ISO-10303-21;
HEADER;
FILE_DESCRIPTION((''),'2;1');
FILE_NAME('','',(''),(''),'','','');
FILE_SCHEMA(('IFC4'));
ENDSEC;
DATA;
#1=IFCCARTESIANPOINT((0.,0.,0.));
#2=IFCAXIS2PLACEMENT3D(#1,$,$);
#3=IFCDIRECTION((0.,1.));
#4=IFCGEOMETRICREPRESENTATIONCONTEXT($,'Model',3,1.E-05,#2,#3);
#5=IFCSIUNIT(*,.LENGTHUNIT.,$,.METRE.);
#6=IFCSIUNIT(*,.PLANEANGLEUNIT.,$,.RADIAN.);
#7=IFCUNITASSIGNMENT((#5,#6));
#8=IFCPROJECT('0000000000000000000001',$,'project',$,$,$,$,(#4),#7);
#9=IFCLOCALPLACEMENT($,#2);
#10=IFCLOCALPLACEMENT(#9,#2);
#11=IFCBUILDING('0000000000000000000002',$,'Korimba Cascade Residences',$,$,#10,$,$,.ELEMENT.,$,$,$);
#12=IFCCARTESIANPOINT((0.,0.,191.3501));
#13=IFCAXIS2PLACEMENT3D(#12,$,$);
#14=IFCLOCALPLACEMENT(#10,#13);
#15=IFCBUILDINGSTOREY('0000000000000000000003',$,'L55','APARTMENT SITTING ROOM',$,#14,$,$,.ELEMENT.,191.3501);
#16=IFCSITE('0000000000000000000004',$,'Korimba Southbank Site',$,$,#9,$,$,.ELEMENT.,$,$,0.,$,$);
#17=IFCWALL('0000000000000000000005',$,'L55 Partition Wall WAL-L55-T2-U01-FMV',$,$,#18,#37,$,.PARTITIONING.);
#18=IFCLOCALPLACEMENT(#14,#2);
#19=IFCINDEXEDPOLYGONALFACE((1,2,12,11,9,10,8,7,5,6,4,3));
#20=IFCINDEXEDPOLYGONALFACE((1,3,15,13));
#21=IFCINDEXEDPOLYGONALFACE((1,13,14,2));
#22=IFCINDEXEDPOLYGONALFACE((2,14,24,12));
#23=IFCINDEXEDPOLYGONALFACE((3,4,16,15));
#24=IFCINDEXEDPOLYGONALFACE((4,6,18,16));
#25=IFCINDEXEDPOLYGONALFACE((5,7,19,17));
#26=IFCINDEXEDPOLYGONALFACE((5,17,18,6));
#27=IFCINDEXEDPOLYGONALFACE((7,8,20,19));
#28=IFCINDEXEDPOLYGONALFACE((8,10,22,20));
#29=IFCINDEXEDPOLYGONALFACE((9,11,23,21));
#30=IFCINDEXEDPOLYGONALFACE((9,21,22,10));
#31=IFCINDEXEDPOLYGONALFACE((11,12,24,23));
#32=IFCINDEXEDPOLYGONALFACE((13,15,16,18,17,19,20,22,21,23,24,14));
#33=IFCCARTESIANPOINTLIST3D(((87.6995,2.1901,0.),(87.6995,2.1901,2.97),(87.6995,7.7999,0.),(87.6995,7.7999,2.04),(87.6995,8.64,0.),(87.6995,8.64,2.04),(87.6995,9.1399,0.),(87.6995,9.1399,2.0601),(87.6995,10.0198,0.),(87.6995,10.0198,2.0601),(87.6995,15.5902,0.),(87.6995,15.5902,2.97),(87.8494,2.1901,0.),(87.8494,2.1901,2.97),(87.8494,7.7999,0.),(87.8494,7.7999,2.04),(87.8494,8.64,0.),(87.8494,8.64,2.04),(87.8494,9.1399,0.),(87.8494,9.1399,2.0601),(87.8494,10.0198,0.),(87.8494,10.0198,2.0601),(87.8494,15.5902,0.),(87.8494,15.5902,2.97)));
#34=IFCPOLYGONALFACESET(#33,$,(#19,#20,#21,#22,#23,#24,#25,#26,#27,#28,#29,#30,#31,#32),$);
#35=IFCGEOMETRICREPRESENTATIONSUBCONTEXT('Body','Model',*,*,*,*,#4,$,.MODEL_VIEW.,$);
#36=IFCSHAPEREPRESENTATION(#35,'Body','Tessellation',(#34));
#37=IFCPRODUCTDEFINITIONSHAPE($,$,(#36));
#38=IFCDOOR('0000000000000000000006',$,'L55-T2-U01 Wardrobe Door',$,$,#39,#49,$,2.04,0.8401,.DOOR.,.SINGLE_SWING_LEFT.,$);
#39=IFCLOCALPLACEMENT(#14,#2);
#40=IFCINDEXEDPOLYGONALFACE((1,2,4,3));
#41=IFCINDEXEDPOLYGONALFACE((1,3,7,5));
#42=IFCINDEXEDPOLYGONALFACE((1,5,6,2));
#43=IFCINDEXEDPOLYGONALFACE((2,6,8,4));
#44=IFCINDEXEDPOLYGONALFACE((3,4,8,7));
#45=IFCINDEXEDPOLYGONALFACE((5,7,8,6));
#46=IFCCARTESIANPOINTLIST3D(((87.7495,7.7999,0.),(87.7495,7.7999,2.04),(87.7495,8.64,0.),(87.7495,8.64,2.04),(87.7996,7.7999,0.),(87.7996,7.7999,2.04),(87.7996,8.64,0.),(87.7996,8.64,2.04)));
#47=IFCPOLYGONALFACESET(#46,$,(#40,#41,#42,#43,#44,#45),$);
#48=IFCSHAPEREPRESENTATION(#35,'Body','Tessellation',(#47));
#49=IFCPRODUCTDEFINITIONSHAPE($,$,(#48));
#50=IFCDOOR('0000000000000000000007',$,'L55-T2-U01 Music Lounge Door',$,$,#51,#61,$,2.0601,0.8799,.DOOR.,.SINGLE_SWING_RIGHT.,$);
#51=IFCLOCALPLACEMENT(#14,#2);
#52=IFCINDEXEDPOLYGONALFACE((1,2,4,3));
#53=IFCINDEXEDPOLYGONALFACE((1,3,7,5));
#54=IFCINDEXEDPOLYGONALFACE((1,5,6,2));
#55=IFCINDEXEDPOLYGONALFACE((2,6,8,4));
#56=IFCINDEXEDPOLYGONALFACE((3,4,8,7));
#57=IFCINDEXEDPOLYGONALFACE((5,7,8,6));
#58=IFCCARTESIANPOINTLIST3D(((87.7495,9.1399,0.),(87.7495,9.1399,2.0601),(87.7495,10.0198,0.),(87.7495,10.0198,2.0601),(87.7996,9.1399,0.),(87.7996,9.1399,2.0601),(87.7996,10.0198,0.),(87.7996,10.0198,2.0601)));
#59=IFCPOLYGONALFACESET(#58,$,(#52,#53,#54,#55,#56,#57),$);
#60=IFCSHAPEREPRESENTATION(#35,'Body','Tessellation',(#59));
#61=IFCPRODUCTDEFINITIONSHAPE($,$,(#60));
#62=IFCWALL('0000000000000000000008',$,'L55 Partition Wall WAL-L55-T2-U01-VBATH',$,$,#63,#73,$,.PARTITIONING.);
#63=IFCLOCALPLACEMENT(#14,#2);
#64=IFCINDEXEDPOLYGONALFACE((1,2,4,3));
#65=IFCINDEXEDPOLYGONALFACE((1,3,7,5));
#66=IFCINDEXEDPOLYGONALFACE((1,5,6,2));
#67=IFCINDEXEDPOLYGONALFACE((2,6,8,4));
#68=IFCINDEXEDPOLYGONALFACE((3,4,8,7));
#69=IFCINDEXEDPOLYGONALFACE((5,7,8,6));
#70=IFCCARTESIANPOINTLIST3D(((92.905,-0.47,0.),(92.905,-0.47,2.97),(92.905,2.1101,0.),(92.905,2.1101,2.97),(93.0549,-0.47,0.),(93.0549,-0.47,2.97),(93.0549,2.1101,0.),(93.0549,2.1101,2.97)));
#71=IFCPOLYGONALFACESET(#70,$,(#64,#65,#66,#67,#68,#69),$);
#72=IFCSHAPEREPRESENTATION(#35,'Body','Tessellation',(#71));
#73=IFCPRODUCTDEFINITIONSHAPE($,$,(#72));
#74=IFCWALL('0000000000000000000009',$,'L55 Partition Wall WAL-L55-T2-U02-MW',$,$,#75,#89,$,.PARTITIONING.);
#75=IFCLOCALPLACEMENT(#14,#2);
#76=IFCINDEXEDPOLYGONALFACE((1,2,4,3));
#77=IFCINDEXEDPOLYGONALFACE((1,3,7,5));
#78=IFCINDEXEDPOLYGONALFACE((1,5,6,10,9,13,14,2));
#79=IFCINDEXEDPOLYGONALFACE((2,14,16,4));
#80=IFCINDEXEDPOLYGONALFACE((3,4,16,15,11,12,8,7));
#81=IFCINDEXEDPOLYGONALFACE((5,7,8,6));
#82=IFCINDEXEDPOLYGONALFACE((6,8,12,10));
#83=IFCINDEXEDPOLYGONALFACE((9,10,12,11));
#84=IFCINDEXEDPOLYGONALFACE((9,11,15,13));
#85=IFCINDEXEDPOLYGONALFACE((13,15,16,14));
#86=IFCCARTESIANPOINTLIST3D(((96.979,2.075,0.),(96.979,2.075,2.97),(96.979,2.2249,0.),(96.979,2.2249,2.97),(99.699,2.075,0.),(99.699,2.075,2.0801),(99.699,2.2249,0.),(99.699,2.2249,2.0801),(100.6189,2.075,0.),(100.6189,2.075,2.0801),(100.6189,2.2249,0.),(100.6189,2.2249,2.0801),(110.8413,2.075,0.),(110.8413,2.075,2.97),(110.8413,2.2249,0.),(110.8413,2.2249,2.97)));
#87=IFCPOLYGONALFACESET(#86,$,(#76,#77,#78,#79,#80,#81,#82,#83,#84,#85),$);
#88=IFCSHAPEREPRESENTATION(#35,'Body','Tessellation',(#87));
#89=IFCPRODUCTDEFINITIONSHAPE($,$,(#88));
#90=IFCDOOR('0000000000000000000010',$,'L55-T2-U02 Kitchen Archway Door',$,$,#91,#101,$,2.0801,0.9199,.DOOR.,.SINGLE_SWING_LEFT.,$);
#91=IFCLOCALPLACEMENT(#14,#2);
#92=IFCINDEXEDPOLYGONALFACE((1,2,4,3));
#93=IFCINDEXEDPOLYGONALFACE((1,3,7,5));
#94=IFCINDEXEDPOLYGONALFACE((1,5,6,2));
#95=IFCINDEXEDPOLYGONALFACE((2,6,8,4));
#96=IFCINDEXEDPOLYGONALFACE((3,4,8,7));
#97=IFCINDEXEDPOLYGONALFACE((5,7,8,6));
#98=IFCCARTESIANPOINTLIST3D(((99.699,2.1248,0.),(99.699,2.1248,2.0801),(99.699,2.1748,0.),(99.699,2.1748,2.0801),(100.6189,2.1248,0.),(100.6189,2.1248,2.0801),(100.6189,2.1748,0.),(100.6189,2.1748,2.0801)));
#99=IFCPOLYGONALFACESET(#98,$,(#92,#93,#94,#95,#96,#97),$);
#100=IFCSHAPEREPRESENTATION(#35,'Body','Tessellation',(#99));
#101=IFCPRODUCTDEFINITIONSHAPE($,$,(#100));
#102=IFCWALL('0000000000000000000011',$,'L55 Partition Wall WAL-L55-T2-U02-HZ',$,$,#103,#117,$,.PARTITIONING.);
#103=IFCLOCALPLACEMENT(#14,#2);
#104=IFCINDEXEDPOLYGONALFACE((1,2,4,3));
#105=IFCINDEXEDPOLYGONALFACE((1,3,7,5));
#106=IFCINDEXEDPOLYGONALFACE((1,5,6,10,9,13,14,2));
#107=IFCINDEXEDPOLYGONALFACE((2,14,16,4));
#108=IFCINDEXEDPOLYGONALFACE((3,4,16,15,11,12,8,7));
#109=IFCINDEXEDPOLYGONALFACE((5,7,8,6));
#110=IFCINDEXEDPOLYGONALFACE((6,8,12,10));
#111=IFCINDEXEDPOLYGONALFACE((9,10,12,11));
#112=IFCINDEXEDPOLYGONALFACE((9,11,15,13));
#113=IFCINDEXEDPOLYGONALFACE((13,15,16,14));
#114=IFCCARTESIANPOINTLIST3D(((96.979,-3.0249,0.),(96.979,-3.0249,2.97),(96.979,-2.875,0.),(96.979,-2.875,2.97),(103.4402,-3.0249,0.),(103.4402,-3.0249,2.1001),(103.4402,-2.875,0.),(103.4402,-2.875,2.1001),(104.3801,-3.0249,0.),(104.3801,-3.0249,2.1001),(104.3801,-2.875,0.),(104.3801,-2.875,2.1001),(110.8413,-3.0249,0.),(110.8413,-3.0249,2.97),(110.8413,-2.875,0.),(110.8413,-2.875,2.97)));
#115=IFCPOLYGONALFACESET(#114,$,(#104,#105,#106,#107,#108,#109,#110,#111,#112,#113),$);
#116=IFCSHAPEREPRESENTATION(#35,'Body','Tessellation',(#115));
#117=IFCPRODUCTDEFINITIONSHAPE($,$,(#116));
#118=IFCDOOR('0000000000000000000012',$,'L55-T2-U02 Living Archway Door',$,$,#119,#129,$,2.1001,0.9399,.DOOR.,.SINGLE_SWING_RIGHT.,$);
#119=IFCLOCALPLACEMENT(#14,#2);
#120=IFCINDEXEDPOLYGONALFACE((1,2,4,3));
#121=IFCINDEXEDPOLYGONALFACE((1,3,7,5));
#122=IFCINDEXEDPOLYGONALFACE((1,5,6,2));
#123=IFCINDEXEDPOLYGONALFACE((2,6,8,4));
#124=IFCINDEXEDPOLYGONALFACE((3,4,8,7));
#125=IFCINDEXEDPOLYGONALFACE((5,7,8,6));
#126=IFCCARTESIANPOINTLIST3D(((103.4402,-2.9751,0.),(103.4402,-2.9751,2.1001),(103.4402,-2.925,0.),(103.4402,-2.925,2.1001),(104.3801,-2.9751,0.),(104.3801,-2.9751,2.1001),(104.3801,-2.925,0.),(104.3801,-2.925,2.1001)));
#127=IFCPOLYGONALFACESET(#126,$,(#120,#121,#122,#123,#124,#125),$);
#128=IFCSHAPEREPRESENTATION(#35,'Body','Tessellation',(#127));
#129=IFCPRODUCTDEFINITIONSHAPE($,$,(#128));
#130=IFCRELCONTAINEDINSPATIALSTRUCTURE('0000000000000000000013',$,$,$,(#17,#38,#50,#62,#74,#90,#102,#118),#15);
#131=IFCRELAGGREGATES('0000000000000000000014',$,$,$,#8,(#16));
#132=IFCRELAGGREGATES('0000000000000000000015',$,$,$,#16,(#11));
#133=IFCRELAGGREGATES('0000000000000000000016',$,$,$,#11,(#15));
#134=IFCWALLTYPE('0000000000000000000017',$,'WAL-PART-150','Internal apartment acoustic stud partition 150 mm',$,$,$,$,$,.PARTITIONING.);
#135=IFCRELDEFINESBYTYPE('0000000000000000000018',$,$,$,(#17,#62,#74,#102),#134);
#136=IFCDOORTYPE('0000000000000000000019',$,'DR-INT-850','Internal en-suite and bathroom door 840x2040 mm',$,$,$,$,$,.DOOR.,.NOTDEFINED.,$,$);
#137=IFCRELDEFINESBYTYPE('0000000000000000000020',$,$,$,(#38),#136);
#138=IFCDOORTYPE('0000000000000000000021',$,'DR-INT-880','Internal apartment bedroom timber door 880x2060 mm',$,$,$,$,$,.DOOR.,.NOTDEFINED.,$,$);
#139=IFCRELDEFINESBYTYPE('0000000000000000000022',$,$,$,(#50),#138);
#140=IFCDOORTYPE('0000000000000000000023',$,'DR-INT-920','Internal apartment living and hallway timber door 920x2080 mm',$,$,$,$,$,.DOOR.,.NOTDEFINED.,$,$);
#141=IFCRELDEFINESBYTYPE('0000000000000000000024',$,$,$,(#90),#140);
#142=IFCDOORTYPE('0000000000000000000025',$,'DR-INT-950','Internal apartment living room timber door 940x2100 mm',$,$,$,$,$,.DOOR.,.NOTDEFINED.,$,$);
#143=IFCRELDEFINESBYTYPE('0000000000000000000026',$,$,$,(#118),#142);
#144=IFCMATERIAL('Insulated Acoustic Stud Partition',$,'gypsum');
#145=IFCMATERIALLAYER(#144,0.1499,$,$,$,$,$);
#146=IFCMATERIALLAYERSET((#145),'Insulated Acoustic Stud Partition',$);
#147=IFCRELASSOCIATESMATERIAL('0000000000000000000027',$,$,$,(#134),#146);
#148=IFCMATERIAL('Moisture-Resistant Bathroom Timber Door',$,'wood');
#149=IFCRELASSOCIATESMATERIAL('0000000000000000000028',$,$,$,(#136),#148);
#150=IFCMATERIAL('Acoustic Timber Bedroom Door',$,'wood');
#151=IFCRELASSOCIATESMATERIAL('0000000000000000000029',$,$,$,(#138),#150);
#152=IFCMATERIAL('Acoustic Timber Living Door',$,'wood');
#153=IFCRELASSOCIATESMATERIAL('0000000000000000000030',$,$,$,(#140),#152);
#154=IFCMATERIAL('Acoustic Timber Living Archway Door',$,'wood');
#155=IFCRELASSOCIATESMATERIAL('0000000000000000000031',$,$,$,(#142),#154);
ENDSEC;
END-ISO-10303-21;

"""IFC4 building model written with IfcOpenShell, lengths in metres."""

from ifc_helpers import new_model, si_unit, direction, frame, frame_2d, origin, place, context, subcontext, project, spatial, rectangle, extrude, material, layer, layer_set, type_object, element, fill, save


model = new_model("IFC4")

# Units and contexts
model_context = context("Model", 3, precision=1e-05, world=origin(), true_north=direction((0.0, 1.0)))
body_context = subcontext(model_context, "Body", "Model", "MODEL_VIEW")
ifc_project = project(units=[si_unit("LENGTHUNIT", "METRE"), si_unit("PLANEANGLEUNIT", "RADIAN")], contexts=[model_context])

# Site, building, storey
site_placement = place(None, origin())
site = spatial("IfcSite", under=ifc_project, at=site_placement, Name="Korimba Southbank Site", CompositionType="ELEMENT", RefElevation=0.0)
building_placement = place(site_placement, origin())
building = spatial("IfcBuilding", under=site, at=building_placement, Name="Korimba Cascade Residences", CompositionType="ELEMENT")
storey_placement = place(building_placement, frame((0.0, 0.0, 191.3501)))
storey = spatial("IfcBuildingStorey", under=building, at=storey_placement, Name="L55", Description="APARTMENT SITTING ROOM", CompositionType="ELEMENT", Elevation=191.3501)

# Wall, openings, doors
ifc_material_1 = material(Name="Insulated Acoustic Stud Partition", Category="gypsum")
ifc_layer_1 = layer(ifc_material_1, 0.1499)
ifc_layer_set_1 = layer_set([ifc_layer_1], Name="Insulated Acoustic Stud Partition")
wall_type_1 = type_object("IfcWallType", Name="WAL-PART-150", Description="Internal apartment acoustic stud partition 150 mm", PredefinedType="PARTITIONING", material=ifc_layer_set_1)
wall_1_placement = place(storey_placement, frame((87.7744, 2.1899, 0.0), z_axis=(0.0, 0.0, 1.0), x_axis=(0.0, 1.0, 0.0)))
wall_1 = element("IfcWall", 1, at=wall_1_placement, inside=storey, type_object=wall_type_1, Name="L55 Partition Wall WAL-L55-T2-U01-FMV", PredefinedType="PARTITIONING", context=body_context, shape_type="SweptSolid", body=[
    extrude(rectangle(XDim=13.4001, YDim=0.1499, at=frame_2d((6.7002, 0.0))), origin(), (0.0, 0.0, 1.0), 2.97),
])
opening_1_placement = place(wall_1_placement, frame((5.6101, 0.0, 0.0)))
opening_1 = element("IfcOpeningElement", 2, at=opening_1_placement, cuts=wall_1, PredefinedType="OPENING", context=body_context, shape_type="SweptSolid", body=[
    extrude(rectangle(XDim=0.8401, YDim=2.04, at=frame_2d((0.4199, 1.02))), frame((0.0, 0.085, 0.0), z_axis=(0.0, -1.0, 0.0), x_axis=(1.0, 0.0, 0.0)), (0.0, 0.0, 1.0), 0.1699),
])
opening_2_placement = place(wall_1_placement, frame((6.95, 0.0, 0.0)))
opening_2 = element("IfcOpeningElement", 3, at=opening_2_placement, cuts=wall_1, PredefinedType="OPENING", context=body_context, shape_type="SweptSolid", body=[
    extrude(rectangle(XDim=0.8799, YDim=2.0601, at=frame_2d((0.4399, 1.03))), frame((0.0, 0.085, 0.0), z_axis=(0.0, -1.0, 0.0), x_axis=(1.0, 0.0, 0.0)), (0.0, 0.0, 1.0), 0.1699),
])
ifc_material_2 = material(Name="Moisture-Resistant Bathroom Timber Door", Category="wood")
door_type_1 = type_object("IfcDoorType", Name="DR-INT-850", Description="Internal en-suite and bathroom door 840x2040 mm", OperationType="NOTDEFINED", PredefinedType="DOOR", material=ifc_material_2)
door_1_placement = place(opening_1_placement, origin())
door_1 = element("IfcDoor", 4, at=door_1_placement, inside=storey, type_object=door_type_1, Name="L55-T2-U01 Wardrobe Door", OperationType="SINGLE_SWING_LEFT", OverallHeight=2.04, OverallWidth=0.8401, PredefinedType="DOOR", context=body_context, shape_type="SweptSolid", body=[
    extrude(rectangle(XDim=0.8401, YDim=2.04, at=frame_2d((0.4199, 1.02))), frame((0.0, 0.0249, 0.0), z_axis=(0.0, -1.0, 0.0), x_axis=(1.0, 0.0, 0.0)), (0.0, 0.0, 1.0), 0.05),
])
fill(opening_1, door_1)
ifc_material_3 = material(Name="Acoustic Timber Bedroom Door", Category="wood")
door_type_2 = type_object("IfcDoorType", Name="DR-INT-880", Description="Internal apartment bedroom timber door 880x2060 mm", OperationType="NOTDEFINED", PredefinedType="DOOR", material=ifc_material_3)
door_2_placement = place(opening_2_placement, origin())
door_2 = element("IfcDoor", 5, at=door_2_placement, inside=storey, type_object=door_type_2, Name="L55-T2-U01 Music Lounge Door", OperationType="SINGLE_SWING_RIGHT", OverallHeight=2.0601, OverallWidth=0.8799, PredefinedType="DOOR", context=body_context, shape_type="SweptSolid", body=[
    extrude(rectangle(XDim=0.8799, YDim=2.0601, at=frame_2d((0.4399, 1.03))), frame((0.0, 0.0249, 0.0), z_axis=(0.0, -1.0, 0.0), x_axis=(1.0, 0.0, 0.0)), (0.0, 0.0, 1.0), 0.05),
])
fill(opening_2, door_2)

# Wall
wall_2_placement = place(storey_placement, frame((92.98, -0.47, 0.0), z_axis=(0.0, 0.0, 1.0), x_axis=(0.0, 1.0, 0.0)))
element("IfcWall", 6, at=wall_2_placement, inside=storey, type_object=wall_type_1, Name="L55 Partition Wall WAL-L55-T2-U01-VBATH", PredefinedType="PARTITIONING", context=body_context, shape_type="SweptSolid", body=[
    extrude(rectangle(XDim=2.5801, YDim=0.1499, at=frame_2d((1.29, 0.0))), origin(), (0.0, 0.0, 1.0), 2.97),
])

# Walls, openings, doors
wall_3_placement = place(storey_placement, frame((96.979, 2.1499, 0.0), z_axis=(0.0, 0.0, 1.0), x_axis=(1.0, 0.0, 0.0)))
wall_3 = element("IfcWall", 7, at=wall_3_placement, inside=storey, type_object=wall_type_1, Name="L55 Partition Wall WAL-L55-T2-U02-MW", PredefinedType="PARTITIONING", context=body_context, shape_type="SweptSolid", body=[
    extrude(rectangle(XDim=13.8623, YDim=0.1499, at=frame_2d((6.9312, 0.0))), origin(), (0.0, 0.0, 1.0), 2.97),
])
opening_3_placement = place(wall_3_placement, frame((2.72, 0.0, 0.0)))
opening_3 = element("IfcOpeningElement", 8, at=opening_3_placement, cuts=wall_3, PredefinedType="OPENING", context=body_context, shape_type="SweptSolid", body=[
    extrude(rectangle(XDim=0.9199, YDim=2.0801, at=frame_2d((0.46, 1.04))), frame((0.0, 0.085, 0.0), z_axis=(0.0, -1.0, 0.0), x_axis=(1.0, 0.0, 0.0)), (0.0, 0.0, 1.0), 0.1699),
])
ifc_material_4 = material(Name="Acoustic Timber Living Door", Category="wood")
door_type_3 = type_object("IfcDoorType", Name="DR-INT-920", Description="Internal apartment living and hallway timber door 920x2080 mm", OperationType="NOTDEFINED", PredefinedType="DOOR", material=ifc_material_4)
door_3_placement = place(opening_3_placement, origin())
door_3 = element("IfcDoor", 9, at=door_3_placement, inside=storey, type_object=door_type_3, Name="L55-T2-U02 Kitchen Archway Door", OperationType="SINGLE_SWING_LEFT", OverallHeight=2.0801, OverallWidth=0.9199, PredefinedType="DOOR", context=body_context, shape_type="SweptSolid", body=[
    extrude(rectangle(XDim=0.9199, YDim=2.0801, at=frame_2d((0.46, 1.04))), frame((0.0, 0.0249, 0.0), z_axis=(0.0, -1.0, 0.0), x_axis=(1.0, 0.0, 0.0)), (0.0, 0.0, 1.0), 0.05),
])
fill(opening_3, door_3)
wall_4_placement = place(storey_placement, frame((96.979, -2.95, 0.0), z_axis=(0.0, 0.0, 1.0), x_axis=(1.0, 0.0, 0.0)))
wall_4 = element("IfcWall", 10, at=wall_4_placement, inside=storey, type_object=wall_type_1, Name="L55 Partition Wall WAL-L55-T2-U02-HZ", PredefinedType="PARTITIONING", context=body_context, shape_type="SweptSolid", body=[
    extrude(rectangle(XDim=13.8623, YDim=0.1499, at=frame_2d((6.9312, 0.0))), origin(), (0.0, 0.0, 1.0), 2.97),
])
opening_4_placement = place(wall_4_placement, frame((6.4612, 0.0, 0.0)))
opening_4 = element("IfcOpeningElement", 11, at=opening_4_placement, cuts=wall_4, PredefinedType="OPENING", context=body_context, shape_type="SweptSolid", body=[
    extrude(rectangle(XDim=0.9399, YDim=2.1001, at=frame_2d((0.47, 1.05))), frame((0.0, 0.085, 0.0), z_axis=(0.0, -1.0, 0.0), x_axis=(1.0, 0.0, 0.0)), (0.0, 0.0, 1.0), 0.1699),
])
ifc_material_5 = material(Name="Acoustic Timber Living Archway Door", Category="wood")
door_type_4 = type_object("IfcDoorType", Name="DR-INT-950", Description="Internal apartment living room timber door 940x2100 mm", OperationType="NOTDEFINED", PredefinedType="DOOR", material=ifc_material_5)
door_4_placement = place(opening_4_placement, origin())
door_4 = element("IfcDoor", 12, at=door_4_placement, inside=storey, type_object=door_type_4, Name="L55-T2-U02 Living Archway Door", OperationType="SINGLE_SWING_RIGHT", OverallHeight=2.1001, OverallWidth=0.9399, PredefinedType="DOOR", context=body_context, shape_type="SweptSolid", body=[
    extrude(rectangle(XDim=0.9399, YDim=2.1001, at=frame_2d((0.47, 1.05))), frame((0.0, 0.0249, 0.0), z_axis=(0.0, -1.0, 0.0), x_axis=(1.0, 0.0, 0.0)), (0.0, 0.0, 1.0), 0.05),
])
fill(opening_4, door_4)

save(model, "model.ifc")
